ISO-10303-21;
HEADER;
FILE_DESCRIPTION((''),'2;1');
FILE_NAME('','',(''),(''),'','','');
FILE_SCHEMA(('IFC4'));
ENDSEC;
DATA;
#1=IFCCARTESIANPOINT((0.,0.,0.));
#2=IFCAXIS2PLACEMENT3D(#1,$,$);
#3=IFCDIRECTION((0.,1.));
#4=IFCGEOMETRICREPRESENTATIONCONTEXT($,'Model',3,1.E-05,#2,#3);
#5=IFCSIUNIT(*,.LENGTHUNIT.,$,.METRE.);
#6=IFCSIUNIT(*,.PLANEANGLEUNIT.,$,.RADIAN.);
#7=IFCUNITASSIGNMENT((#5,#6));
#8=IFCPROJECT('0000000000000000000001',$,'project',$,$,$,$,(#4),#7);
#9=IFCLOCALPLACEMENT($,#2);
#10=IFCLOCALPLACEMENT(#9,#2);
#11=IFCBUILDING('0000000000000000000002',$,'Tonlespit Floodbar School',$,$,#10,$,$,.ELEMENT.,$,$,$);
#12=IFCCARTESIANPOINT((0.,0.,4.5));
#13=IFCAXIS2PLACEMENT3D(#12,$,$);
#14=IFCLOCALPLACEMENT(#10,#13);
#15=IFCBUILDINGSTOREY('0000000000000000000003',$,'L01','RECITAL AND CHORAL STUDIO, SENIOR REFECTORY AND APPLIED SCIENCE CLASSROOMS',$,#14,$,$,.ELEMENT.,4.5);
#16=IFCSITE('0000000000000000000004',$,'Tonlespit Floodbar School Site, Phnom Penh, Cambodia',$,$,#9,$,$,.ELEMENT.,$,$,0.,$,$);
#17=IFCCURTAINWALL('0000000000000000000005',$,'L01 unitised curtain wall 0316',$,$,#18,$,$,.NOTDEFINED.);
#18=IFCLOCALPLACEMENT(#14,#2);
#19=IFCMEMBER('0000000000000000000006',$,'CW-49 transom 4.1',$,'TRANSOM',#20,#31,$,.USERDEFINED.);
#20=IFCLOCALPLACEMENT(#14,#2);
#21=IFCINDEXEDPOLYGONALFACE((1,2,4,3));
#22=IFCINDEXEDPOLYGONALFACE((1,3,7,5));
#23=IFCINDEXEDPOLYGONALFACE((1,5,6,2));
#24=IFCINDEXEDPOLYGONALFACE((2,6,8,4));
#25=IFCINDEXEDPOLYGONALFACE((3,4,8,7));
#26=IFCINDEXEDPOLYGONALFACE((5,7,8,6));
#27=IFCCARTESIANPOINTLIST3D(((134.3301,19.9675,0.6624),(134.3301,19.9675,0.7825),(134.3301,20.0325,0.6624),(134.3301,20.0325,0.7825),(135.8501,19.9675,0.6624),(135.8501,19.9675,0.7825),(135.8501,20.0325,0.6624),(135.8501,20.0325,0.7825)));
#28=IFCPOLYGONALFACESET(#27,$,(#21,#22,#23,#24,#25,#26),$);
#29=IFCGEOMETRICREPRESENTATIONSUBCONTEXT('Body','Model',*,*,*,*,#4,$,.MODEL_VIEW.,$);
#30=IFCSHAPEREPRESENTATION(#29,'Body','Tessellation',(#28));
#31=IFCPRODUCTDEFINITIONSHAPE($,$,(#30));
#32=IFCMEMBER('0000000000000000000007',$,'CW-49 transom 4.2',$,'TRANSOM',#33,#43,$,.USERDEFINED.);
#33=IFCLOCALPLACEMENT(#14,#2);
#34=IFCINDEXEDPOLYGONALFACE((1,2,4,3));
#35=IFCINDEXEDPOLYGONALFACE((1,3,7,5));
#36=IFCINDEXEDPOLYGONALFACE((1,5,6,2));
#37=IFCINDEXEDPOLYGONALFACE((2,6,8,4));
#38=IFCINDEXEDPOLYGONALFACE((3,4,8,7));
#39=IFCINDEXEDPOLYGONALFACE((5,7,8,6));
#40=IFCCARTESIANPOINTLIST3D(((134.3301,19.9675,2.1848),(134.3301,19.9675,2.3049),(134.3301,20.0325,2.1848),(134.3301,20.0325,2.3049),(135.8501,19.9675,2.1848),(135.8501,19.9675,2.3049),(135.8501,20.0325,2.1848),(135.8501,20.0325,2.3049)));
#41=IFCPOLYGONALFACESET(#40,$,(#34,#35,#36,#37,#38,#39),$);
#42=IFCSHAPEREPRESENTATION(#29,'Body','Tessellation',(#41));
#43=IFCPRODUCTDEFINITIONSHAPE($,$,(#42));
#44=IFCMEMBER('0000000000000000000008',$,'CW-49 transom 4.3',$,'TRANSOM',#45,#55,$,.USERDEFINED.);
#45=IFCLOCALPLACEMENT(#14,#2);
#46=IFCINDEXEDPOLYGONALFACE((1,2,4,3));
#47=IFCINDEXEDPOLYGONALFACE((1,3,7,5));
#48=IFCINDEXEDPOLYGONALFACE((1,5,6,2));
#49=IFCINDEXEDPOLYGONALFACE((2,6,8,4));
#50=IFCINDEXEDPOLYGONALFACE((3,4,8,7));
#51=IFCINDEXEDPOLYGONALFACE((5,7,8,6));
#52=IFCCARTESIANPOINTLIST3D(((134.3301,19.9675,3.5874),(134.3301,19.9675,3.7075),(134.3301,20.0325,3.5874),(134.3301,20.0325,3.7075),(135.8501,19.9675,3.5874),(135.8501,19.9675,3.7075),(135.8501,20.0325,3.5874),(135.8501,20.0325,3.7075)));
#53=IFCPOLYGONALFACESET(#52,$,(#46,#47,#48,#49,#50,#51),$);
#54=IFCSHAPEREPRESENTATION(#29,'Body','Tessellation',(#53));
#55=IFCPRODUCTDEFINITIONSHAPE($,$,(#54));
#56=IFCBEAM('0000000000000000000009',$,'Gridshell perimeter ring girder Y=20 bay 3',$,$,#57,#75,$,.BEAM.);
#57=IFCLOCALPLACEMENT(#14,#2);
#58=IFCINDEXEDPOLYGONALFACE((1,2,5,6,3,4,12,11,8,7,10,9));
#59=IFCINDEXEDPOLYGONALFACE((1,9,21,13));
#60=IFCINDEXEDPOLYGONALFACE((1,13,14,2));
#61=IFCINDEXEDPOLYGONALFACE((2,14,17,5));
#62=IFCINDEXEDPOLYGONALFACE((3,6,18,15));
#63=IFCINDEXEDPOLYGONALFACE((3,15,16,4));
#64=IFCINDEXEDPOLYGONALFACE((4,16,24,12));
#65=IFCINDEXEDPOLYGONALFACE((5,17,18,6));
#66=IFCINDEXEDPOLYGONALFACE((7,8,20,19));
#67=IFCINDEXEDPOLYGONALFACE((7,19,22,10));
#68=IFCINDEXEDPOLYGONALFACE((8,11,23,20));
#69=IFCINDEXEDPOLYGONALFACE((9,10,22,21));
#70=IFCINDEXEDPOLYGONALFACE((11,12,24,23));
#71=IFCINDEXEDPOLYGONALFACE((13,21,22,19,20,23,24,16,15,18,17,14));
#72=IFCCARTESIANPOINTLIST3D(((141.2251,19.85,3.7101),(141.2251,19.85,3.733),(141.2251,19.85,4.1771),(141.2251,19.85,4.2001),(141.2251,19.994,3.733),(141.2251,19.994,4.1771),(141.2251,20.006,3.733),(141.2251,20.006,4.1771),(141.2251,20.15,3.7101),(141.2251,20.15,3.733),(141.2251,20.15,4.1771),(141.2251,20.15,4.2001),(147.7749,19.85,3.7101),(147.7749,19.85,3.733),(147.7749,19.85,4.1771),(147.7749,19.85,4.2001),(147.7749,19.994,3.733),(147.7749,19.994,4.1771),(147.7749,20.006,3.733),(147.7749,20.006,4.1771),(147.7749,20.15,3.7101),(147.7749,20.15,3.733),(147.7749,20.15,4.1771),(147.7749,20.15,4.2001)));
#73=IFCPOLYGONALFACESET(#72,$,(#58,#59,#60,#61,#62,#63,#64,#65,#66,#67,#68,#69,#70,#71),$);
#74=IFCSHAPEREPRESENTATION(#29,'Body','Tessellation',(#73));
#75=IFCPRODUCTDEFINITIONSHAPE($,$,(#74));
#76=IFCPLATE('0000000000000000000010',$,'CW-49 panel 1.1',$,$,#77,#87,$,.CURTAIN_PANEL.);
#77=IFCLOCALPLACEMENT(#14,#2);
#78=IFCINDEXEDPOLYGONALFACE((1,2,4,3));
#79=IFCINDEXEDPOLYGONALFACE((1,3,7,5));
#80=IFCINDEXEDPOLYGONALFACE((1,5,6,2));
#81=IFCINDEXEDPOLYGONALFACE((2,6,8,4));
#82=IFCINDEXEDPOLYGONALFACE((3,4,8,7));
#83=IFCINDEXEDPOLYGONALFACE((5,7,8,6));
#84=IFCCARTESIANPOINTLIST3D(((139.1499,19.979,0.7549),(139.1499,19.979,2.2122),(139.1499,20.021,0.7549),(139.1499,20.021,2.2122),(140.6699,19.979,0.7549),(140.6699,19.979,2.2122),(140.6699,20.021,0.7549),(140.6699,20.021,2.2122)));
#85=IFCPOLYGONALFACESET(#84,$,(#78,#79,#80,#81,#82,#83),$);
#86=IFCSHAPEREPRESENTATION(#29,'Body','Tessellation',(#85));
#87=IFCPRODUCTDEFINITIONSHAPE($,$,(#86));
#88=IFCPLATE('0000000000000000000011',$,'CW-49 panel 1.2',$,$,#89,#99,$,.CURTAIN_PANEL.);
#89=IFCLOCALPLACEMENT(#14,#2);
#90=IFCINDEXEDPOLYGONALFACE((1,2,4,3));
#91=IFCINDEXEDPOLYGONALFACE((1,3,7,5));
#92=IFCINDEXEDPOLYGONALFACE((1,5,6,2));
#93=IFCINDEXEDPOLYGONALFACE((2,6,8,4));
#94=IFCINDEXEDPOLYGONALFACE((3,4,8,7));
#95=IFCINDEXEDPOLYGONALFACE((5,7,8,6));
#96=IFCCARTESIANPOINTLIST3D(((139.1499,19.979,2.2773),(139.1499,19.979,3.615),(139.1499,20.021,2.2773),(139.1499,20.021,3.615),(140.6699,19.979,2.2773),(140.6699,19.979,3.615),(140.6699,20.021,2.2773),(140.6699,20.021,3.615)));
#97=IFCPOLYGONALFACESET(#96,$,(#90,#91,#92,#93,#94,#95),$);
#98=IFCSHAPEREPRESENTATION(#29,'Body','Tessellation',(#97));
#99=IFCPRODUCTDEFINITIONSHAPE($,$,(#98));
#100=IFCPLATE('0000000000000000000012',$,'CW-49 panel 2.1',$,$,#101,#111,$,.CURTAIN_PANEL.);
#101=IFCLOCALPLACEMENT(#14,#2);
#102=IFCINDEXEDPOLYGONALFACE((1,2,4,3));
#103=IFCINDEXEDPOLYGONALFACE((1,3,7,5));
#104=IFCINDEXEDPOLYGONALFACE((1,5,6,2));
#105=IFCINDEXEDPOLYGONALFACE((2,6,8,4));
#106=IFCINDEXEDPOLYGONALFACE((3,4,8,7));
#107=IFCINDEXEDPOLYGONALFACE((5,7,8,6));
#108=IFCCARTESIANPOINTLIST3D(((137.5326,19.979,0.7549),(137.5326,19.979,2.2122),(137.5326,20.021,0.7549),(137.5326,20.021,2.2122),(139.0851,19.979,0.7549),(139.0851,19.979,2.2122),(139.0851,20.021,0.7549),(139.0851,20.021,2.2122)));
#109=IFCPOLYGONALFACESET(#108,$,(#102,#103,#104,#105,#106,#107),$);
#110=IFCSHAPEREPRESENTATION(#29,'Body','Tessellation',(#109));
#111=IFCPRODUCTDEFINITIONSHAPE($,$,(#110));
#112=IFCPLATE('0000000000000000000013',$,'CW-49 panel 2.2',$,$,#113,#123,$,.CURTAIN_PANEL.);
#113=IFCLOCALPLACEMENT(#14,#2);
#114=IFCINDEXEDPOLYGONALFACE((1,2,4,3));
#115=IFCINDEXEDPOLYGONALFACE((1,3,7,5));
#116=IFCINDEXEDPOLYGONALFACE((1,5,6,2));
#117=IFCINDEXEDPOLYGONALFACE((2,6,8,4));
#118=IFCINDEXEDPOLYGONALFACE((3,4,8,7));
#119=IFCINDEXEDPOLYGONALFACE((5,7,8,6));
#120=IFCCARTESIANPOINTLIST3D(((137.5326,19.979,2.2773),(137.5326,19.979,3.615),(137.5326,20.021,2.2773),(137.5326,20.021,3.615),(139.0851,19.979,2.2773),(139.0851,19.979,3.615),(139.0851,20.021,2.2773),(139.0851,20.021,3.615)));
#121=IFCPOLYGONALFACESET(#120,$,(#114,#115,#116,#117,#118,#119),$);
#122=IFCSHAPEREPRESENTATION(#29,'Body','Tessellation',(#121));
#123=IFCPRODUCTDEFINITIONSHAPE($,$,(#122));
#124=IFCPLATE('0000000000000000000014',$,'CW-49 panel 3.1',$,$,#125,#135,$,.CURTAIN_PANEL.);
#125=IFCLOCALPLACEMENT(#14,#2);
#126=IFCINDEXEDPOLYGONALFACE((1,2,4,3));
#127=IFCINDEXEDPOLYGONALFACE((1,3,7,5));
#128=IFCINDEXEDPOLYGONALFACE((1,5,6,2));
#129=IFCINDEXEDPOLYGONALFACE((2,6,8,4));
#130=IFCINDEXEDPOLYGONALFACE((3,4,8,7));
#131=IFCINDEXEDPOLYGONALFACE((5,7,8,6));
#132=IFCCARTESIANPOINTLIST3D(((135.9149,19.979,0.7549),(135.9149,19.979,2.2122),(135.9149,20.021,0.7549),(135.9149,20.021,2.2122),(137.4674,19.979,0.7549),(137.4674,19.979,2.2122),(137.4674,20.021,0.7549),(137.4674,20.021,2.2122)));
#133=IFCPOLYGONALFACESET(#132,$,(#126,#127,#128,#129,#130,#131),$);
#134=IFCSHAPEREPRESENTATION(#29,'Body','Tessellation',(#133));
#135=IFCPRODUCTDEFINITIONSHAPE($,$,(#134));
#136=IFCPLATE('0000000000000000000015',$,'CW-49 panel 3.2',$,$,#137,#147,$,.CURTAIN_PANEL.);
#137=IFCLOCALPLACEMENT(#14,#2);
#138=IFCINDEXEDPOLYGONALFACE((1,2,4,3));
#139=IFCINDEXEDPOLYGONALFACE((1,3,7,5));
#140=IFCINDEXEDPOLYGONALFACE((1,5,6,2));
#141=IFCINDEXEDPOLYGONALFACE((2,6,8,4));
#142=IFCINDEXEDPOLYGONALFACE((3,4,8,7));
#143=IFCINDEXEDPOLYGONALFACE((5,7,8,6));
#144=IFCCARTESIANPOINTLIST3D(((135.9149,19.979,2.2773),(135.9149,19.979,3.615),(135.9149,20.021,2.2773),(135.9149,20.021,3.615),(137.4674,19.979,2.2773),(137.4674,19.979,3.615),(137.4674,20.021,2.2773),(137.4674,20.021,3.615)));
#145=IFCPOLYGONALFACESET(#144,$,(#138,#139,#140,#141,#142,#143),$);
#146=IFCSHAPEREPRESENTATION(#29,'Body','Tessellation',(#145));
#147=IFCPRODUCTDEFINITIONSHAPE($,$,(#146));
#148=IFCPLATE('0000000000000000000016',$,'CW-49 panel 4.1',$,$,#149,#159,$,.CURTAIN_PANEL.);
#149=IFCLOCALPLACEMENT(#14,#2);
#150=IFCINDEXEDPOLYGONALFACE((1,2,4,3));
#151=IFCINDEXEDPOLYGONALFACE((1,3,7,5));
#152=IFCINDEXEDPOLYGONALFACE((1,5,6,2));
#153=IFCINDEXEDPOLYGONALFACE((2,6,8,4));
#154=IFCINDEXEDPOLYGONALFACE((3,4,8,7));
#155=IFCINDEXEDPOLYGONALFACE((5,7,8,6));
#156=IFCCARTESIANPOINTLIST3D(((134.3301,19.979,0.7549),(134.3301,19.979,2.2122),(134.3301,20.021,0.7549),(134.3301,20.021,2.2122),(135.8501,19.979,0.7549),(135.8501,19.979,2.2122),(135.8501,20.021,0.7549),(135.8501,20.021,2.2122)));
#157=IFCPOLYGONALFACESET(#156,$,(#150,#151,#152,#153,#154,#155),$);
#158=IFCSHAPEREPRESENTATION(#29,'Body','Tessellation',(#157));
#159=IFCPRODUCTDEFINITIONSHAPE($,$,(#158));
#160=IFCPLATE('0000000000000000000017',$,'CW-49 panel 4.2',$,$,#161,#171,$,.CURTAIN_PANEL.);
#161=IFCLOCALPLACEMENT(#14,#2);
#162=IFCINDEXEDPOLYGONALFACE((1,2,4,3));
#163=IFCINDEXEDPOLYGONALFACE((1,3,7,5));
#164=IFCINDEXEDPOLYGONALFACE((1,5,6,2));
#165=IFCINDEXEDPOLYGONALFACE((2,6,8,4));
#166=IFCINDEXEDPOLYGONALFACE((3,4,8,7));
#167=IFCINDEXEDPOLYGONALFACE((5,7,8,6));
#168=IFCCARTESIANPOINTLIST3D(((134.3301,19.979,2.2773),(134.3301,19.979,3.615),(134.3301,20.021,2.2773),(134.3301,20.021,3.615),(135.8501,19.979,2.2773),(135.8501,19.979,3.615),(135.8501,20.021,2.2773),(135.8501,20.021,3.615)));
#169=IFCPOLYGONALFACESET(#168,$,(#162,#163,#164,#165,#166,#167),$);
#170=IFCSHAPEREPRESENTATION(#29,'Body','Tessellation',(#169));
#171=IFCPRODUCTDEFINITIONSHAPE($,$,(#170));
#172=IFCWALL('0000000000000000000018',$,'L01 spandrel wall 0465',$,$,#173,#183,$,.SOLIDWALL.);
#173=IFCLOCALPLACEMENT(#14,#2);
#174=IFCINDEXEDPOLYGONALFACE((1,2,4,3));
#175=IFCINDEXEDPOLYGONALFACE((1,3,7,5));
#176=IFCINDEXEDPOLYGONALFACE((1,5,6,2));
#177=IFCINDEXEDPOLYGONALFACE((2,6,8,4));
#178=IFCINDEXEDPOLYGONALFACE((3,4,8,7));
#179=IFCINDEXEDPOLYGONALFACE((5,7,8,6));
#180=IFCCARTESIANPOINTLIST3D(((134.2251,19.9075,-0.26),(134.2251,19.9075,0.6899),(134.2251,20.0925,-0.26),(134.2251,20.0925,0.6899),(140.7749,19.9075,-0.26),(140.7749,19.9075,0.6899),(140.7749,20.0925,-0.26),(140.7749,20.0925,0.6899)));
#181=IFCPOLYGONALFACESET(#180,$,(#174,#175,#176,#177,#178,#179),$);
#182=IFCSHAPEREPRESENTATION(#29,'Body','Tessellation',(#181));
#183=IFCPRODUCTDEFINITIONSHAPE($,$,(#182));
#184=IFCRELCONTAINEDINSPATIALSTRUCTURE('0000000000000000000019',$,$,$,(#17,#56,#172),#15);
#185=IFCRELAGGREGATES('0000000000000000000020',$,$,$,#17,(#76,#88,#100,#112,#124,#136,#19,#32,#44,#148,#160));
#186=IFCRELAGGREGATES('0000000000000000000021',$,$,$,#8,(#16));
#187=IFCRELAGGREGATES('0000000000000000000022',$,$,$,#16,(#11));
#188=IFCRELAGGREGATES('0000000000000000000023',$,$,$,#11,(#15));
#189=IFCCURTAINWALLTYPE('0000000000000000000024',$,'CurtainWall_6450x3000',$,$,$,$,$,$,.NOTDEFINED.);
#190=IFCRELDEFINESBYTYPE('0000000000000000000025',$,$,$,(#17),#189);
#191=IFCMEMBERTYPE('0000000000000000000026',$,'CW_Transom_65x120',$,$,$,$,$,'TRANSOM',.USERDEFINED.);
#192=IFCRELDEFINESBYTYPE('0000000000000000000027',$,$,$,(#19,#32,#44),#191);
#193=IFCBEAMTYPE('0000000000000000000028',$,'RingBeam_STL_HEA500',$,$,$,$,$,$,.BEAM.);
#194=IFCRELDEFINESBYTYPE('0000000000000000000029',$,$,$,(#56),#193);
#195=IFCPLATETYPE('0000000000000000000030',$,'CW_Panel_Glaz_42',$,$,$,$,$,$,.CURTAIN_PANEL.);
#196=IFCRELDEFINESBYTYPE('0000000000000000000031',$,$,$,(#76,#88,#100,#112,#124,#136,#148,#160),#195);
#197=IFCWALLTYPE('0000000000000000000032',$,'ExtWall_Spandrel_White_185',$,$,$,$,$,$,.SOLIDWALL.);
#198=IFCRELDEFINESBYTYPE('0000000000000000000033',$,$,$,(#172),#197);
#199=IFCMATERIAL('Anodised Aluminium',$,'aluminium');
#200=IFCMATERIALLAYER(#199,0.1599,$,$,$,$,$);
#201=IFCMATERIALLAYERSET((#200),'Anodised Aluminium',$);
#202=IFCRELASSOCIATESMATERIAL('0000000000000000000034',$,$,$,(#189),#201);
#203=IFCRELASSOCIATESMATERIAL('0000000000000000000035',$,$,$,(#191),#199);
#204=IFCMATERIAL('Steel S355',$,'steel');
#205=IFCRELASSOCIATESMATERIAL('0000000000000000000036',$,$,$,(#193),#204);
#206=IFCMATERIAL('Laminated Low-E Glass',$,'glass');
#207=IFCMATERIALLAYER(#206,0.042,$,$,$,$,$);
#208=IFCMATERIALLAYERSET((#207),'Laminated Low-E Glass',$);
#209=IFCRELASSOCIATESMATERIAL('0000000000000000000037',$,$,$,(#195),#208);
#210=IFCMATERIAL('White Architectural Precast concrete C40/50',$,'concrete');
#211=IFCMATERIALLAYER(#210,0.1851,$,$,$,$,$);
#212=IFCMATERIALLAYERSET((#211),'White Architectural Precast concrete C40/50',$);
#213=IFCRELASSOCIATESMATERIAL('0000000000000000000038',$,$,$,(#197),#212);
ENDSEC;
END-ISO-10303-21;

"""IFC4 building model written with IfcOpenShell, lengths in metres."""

from ifc_helpers import new_model, si_unit, direction, frame, frame_2d, origin, origin_2d, place, context, subcontext, project, spatial, rectangle, i_section, extrude, material, layer, layer_set, material_profile, profile_set, type_object, element, aggregate, save


model = new_model("IFC4")

# Units and contexts
model_context = context("Model", 3, precision=1e-05, world=origin(), true_north=direction((0.0, 1.0)))
body_context = subcontext(model_context, "Body", "Model", "MODEL_VIEW")
ifc_project = project(units=[si_unit("LENGTHUNIT", "METRE"), si_unit("PLANEANGLEUNIT", "RADIAN")], contexts=[model_context])

# Site, building, storey
site_placement = place(None, origin())
site = spatial("IfcSite", under=ifc_project, at=site_placement, Name="Tonlespit Floodbar School Site, Phnom Penh, Cambodia", CompositionType="ELEMENT", RefElevation=0.0)
building_placement = place(site_placement, origin())
building = spatial("IfcBuilding", under=site, at=building_placement, Name="Tonlespit Floodbar School", CompositionType="ELEMENT")
storey_placement = place(building_placement, frame((0.0, 0.0, 4.5)))
storey = spatial("IfcBuildingStorey", under=building, at=storey_placement, Name="L01", Description="RECITAL AND CHORAL STUDIO, SENIOR REFECTORY AND APPLIED SCIENCE CLASSROOMS", CompositionType="ELEMENT", Elevation=4.5)

# Curtain wall, members
ifc_material_1 = material(Name="Anodised Aluminium", Category="aluminium")
ifc_layer_1 = layer(ifc_material_1, 0.1599)
ifc_layer_set_1 = layer_set([ifc_layer_1], Name="Anodised Aluminium")
curtain_wall_type = type_object("IfcCurtainWallType", Name="CurtainWall_6450x3000", PredefinedType="NOTDEFINED", material=ifc_layer_set_1)
curtain_wall_placement = place(storey_placement, origin())
curtain_wall = element("IfcCurtainWall", 1, at=curtain_wall_placement, inside=storey, type_object=curtain_wall_type, Name="L01 unitised curtain wall 0316", PredefinedType="NOTDEFINED")
ifc_material_profile_1 = material_profile(ifc_material_1, rectangle(XDim=0.0649, YDim=0.1201, at=origin_2d()), Name="ALU T65x120")
ifc_profile_set_1 = profile_set([ifc_material_profile_1], Name="Anodised Aluminium")
member_type_1 = type_object("IfcMemberType", Name="CW_Transom_65x120", ElementType="TRANSOM", PredefinedType="USERDEFINED", material=ifc_profile_set_1)
member_1_placement = place(storey_placement, frame((135.8501, 20.0, 0.7224), z_axis=(-1.0, 0.0, 0.0), x_axis=(0.0, -1.0, 0.0)))
member_1 = element("IfcMember", 2, at=member_1_placement, type_object=member_type_1, Name="CW-49 transom 4.1", ObjectType="TRANSOM", PredefinedType="USERDEFINED", context=body_context, shape_type="SweptSolid", body=[
    extrude(rectangle(XDim=0.0649, YDim=0.1201, at=origin_2d()), origin(), (0.0, 0.0, 1.0), 1.52),
])
member_2_placement = place(storey_placement, frame((135.8501, 20.0, 2.2449), z_axis=(-1.0, 0.0, 0.0), x_axis=(0.0, -1.0, 0.0)))
member_2 = element("IfcMember", 3, at=member_2_placement, type_object=member_type_1, Name="CW-49 transom 4.2", ObjectType="TRANSOM", PredefinedType="USERDEFINED", context=body_context, shape_type="SweptSolid", body=[
    extrude(rectangle(XDim=0.0649, YDim=0.1201, at=origin_2d()), origin(), (0.0, 0.0, 1.0), 1.52),
])
member_3_placement = place(storey_placement, frame((135.8501, 20.0, 3.6475), z_axis=(-1.0, 0.0, 0.0), x_axis=(0.0, -1.0, 0.0)))
member_3 = element("IfcMember", 4, at=member_3_placement, type_object=member_type_1, Name="CW-49 transom 4.3", ObjectType="TRANSOM", PredefinedType="USERDEFINED", context=body_context, shape_type="SweptSolid", body=[
    extrude(rectangle(XDim=0.0649, YDim=0.1201, at=origin_2d()), origin(), (0.0, 0.0, 1.0), 1.52),
])

# Beam
ifc_material_2 = material(Name="Steel S355", Category="steel")
ifc_material_profile_2 = material_profile(ifc_material_2, i_section(OverallWidth=0.3, OverallDepth=0.49, WebThickness=0.012, FlangeThickness=0.0229, at=origin_2d()), Name="HEA 500")
ifc_profile_set_2 = profile_set([ifc_material_profile_2], Name="Steel S355")
beam_type = type_object("IfcBeamType", Name="RingBeam_STL_HEA500", PredefinedType="BEAM", material=ifc_profile_set_2)
beam_placement = place(storey_placement, frame((141.2251, 20.0, 3.9551), z_axis=(1.0, 0.0, 0.0), x_axis=(0.0, 1.0, 0.0)))
element("IfcBeam", 5, at=beam_placement, inside=storey, type_object=beam_type, Name="Gridshell perimeter ring girder Y=20 bay 3", PredefinedType="BEAM", context=body_context, shape_type="SweptSolid", body=[
    extrude(i_section(OverallWidth=0.3, OverallDepth=0.49, WebThickness=0.012, FlangeThickness=0.0229, at=origin_2d()), origin(), (0.0, 0.0, 1.0), 6.5498),
])

# Plates
ifc_material_3 = material(Name="Laminated Low-E Glass", Category="glass")
ifc_layer_2 = layer(ifc_material_3, 0.042)
ifc_layer_set_2 = layer_set([ifc_layer_2], Name="Laminated Low-E Glass")
plate_type = type_object("IfcPlateType", Name="CW_Panel_Glaz_42", PredefinedType="CURTAIN_PANEL", material=ifc_layer_set_2)
plate_1_placement = place(storey_placement, frame((139.9099, 20.0, 0.7549), z_axis=(0.0, 0.0, 1.0), x_axis=(-1.0, 0.0, 0.0)))
plate_1 = element("IfcPlate", 6, at=plate_1_placement, type_object=plate_type, Name="CW-49 panel 1.1", PredefinedType="CURTAIN_PANEL", context=body_context, shape_type="SweptSolid", body=[
    extrude(rectangle(XDim=1.52, YDim=0.042, at=origin_2d()), origin(), (0.0, 0.0, 1.0), 1.4573),
])
plate_2_placement = place(storey_placement, frame((139.9099, 20.0, 2.2773), z_axis=(0.0, 0.0, 1.0), x_axis=(-1.0, 0.0, 0.0)))
plate_2 = element("IfcPlate", 7, at=plate_2_placement, type_object=plate_type, Name="CW-49 panel 1.2", PredefinedType="CURTAIN_PANEL", context=body_context, shape_type="SweptSolid", body=[
    extrude(rectangle(XDim=1.52, YDim=0.042, at=origin_2d()), origin(), (0.0, 0.0, 1.0), 1.3376),
])
plate_3_placement = place(storey_placement, frame((138.3088, 20.0, 0.7549), z_axis=(0.0, 0.0, 1.0), x_axis=(-1.0, 0.0, 0.0)))
plate_3 = element("IfcPlate", 8, at=plate_3_placement, type_object=plate_type, Name="CW-49 panel 2.1", PredefinedType="CURTAIN_PANEL", context=body_context, shape_type="SweptSolid", body=[
    extrude(rectangle(XDim=1.5525, YDim=0.042, at=origin_2d()), origin(), (0.0, 0.0, 1.0), 1.4573),
])
plate_4_placement = place(storey_placement, frame((138.3088, 20.0, 2.2773), z_axis=(0.0, 0.0, 1.0), x_axis=(-1.0, 0.0, 0.0)))
plate_4 = element("IfcPlate", 9, at=plate_4_placement, type_object=plate_type, Name="CW-49 panel 2.2", PredefinedType="CURTAIN_PANEL", context=body_context, shape_type="SweptSolid", body=[
    extrude(rectangle(XDim=1.5525, YDim=0.042, at=origin_2d()), origin(), (0.0, 0.0, 1.0), 1.3376),
])
plate_5_placement = place(storey_placement, frame((136.6912, 20.0, 0.7549), z_axis=(0.0, 0.0, 1.0), x_axis=(-1.0, 0.0, 0.0)))
plate_5 = element("IfcPlate", 10, at=plate_5_placement, type_object=plate_type, Name="CW-49 panel 3.1", PredefinedType="CURTAIN_PANEL", context=body_context, shape_type="SweptSolid", body=[
    extrude(rectangle(XDim=1.5525, YDim=0.042, at=origin_2d()), origin(), (0.0, 0.0, 1.0), 1.4573),
])
plate_6_placement = place(storey_placement, frame((136.6912, 20.0, 2.2773), z_axis=(0.0, 0.0, 1.0), x_axis=(-1.0, 0.0, 0.0)))
plate_6 = element("IfcPlate", 11, at=plate_6_placement, type_object=plate_type, Name="CW-49 panel 3.2", PredefinedType="CURTAIN_PANEL", context=body_context, shape_type="SweptSolid", body=[
    extrude(rectangle(XDim=1.5525, YDim=0.042, at=origin_2d()), origin(), (0.0, 0.0, 1.0), 1.3376),
])
plate_7_placement = place(storey_placement, frame((135.0901, 20.0, 0.7549), z_axis=(0.0, 0.0, 1.0), x_axis=(-1.0, 0.0, 0.0)))
plate_7 = element("IfcPlate", 12, at=plate_7_placement, type_object=plate_type, Name="CW-49 panel 4.1", PredefinedType="CURTAIN_PANEL", context=body_context, shape_type="SweptSolid", body=[
    extrude(rectangle(XDim=1.52, YDim=0.042, at=origin_2d()), origin(), (0.0, 0.0, 1.0), 1.4573),
])
plate_8_placement = place(storey_placement, frame((135.0901, 20.0, 2.2773), z_axis=(0.0, 0.0, 1.0), x_axis=(-1.0, 0.0, 0.0)))
plate_8 = element("IfcPlate", 13, at=plate_8_placement, type_object=plate_type, Name="CW-49 panel 4.2", PredefinedType="CURTAIN_PANEL", context=body_context, shape_type="SweptSolid", body=[
    extrude(rectangle(XDim=1.52, YDim=0.042, at=origin_2d()), origin(), (0.0, 0.0, 1.0), 1.3376),
])
aggregate(curtain_wall, [plate_1, plate_2, plate_3, plate_4, plate_5, plate_6, member_1, member_2, member_3, plate_7, plate_8])

# Wall
ifc_material_4 = material(Name="White Architectural Precast concrete C40/50", Category="concrete")
ifc_layer_3 = layer(ifc_material_4, 0.1851)
ifc_layer_set_3 = layer_set([ifc_layer_3], Name="White Architectural Precast concrete C40/50")
wall_type = type_object("IfcWallType", Name="ExtWall_Spandrel_White_185", PredefinedType="SOLIDWALL", material=ifc_layer_set_3)
wall_placement = place(storey_placement, frame((140.7749, 20.0, -0.26), z_axis=(0.0, 0.0, 1.0), x_axis=(-1.0, 0.0, 0.0)))
element("IfcWall", 14, at=wall_placement, inside=storey, type_object=wall_type, Name="L01 spandrel wall 0465", PredefinedType="SOLIDWALL", context=body_context, shape_type="SweptSolid", body=[
    extrude(rectangle(XDim=6.5498, YDim=0.1851, at=frame_2d((3.2749, 0.0))), origin(), (0.0, 0.0, 1.0), 0.95),
])

save(model, "model.ifc")
